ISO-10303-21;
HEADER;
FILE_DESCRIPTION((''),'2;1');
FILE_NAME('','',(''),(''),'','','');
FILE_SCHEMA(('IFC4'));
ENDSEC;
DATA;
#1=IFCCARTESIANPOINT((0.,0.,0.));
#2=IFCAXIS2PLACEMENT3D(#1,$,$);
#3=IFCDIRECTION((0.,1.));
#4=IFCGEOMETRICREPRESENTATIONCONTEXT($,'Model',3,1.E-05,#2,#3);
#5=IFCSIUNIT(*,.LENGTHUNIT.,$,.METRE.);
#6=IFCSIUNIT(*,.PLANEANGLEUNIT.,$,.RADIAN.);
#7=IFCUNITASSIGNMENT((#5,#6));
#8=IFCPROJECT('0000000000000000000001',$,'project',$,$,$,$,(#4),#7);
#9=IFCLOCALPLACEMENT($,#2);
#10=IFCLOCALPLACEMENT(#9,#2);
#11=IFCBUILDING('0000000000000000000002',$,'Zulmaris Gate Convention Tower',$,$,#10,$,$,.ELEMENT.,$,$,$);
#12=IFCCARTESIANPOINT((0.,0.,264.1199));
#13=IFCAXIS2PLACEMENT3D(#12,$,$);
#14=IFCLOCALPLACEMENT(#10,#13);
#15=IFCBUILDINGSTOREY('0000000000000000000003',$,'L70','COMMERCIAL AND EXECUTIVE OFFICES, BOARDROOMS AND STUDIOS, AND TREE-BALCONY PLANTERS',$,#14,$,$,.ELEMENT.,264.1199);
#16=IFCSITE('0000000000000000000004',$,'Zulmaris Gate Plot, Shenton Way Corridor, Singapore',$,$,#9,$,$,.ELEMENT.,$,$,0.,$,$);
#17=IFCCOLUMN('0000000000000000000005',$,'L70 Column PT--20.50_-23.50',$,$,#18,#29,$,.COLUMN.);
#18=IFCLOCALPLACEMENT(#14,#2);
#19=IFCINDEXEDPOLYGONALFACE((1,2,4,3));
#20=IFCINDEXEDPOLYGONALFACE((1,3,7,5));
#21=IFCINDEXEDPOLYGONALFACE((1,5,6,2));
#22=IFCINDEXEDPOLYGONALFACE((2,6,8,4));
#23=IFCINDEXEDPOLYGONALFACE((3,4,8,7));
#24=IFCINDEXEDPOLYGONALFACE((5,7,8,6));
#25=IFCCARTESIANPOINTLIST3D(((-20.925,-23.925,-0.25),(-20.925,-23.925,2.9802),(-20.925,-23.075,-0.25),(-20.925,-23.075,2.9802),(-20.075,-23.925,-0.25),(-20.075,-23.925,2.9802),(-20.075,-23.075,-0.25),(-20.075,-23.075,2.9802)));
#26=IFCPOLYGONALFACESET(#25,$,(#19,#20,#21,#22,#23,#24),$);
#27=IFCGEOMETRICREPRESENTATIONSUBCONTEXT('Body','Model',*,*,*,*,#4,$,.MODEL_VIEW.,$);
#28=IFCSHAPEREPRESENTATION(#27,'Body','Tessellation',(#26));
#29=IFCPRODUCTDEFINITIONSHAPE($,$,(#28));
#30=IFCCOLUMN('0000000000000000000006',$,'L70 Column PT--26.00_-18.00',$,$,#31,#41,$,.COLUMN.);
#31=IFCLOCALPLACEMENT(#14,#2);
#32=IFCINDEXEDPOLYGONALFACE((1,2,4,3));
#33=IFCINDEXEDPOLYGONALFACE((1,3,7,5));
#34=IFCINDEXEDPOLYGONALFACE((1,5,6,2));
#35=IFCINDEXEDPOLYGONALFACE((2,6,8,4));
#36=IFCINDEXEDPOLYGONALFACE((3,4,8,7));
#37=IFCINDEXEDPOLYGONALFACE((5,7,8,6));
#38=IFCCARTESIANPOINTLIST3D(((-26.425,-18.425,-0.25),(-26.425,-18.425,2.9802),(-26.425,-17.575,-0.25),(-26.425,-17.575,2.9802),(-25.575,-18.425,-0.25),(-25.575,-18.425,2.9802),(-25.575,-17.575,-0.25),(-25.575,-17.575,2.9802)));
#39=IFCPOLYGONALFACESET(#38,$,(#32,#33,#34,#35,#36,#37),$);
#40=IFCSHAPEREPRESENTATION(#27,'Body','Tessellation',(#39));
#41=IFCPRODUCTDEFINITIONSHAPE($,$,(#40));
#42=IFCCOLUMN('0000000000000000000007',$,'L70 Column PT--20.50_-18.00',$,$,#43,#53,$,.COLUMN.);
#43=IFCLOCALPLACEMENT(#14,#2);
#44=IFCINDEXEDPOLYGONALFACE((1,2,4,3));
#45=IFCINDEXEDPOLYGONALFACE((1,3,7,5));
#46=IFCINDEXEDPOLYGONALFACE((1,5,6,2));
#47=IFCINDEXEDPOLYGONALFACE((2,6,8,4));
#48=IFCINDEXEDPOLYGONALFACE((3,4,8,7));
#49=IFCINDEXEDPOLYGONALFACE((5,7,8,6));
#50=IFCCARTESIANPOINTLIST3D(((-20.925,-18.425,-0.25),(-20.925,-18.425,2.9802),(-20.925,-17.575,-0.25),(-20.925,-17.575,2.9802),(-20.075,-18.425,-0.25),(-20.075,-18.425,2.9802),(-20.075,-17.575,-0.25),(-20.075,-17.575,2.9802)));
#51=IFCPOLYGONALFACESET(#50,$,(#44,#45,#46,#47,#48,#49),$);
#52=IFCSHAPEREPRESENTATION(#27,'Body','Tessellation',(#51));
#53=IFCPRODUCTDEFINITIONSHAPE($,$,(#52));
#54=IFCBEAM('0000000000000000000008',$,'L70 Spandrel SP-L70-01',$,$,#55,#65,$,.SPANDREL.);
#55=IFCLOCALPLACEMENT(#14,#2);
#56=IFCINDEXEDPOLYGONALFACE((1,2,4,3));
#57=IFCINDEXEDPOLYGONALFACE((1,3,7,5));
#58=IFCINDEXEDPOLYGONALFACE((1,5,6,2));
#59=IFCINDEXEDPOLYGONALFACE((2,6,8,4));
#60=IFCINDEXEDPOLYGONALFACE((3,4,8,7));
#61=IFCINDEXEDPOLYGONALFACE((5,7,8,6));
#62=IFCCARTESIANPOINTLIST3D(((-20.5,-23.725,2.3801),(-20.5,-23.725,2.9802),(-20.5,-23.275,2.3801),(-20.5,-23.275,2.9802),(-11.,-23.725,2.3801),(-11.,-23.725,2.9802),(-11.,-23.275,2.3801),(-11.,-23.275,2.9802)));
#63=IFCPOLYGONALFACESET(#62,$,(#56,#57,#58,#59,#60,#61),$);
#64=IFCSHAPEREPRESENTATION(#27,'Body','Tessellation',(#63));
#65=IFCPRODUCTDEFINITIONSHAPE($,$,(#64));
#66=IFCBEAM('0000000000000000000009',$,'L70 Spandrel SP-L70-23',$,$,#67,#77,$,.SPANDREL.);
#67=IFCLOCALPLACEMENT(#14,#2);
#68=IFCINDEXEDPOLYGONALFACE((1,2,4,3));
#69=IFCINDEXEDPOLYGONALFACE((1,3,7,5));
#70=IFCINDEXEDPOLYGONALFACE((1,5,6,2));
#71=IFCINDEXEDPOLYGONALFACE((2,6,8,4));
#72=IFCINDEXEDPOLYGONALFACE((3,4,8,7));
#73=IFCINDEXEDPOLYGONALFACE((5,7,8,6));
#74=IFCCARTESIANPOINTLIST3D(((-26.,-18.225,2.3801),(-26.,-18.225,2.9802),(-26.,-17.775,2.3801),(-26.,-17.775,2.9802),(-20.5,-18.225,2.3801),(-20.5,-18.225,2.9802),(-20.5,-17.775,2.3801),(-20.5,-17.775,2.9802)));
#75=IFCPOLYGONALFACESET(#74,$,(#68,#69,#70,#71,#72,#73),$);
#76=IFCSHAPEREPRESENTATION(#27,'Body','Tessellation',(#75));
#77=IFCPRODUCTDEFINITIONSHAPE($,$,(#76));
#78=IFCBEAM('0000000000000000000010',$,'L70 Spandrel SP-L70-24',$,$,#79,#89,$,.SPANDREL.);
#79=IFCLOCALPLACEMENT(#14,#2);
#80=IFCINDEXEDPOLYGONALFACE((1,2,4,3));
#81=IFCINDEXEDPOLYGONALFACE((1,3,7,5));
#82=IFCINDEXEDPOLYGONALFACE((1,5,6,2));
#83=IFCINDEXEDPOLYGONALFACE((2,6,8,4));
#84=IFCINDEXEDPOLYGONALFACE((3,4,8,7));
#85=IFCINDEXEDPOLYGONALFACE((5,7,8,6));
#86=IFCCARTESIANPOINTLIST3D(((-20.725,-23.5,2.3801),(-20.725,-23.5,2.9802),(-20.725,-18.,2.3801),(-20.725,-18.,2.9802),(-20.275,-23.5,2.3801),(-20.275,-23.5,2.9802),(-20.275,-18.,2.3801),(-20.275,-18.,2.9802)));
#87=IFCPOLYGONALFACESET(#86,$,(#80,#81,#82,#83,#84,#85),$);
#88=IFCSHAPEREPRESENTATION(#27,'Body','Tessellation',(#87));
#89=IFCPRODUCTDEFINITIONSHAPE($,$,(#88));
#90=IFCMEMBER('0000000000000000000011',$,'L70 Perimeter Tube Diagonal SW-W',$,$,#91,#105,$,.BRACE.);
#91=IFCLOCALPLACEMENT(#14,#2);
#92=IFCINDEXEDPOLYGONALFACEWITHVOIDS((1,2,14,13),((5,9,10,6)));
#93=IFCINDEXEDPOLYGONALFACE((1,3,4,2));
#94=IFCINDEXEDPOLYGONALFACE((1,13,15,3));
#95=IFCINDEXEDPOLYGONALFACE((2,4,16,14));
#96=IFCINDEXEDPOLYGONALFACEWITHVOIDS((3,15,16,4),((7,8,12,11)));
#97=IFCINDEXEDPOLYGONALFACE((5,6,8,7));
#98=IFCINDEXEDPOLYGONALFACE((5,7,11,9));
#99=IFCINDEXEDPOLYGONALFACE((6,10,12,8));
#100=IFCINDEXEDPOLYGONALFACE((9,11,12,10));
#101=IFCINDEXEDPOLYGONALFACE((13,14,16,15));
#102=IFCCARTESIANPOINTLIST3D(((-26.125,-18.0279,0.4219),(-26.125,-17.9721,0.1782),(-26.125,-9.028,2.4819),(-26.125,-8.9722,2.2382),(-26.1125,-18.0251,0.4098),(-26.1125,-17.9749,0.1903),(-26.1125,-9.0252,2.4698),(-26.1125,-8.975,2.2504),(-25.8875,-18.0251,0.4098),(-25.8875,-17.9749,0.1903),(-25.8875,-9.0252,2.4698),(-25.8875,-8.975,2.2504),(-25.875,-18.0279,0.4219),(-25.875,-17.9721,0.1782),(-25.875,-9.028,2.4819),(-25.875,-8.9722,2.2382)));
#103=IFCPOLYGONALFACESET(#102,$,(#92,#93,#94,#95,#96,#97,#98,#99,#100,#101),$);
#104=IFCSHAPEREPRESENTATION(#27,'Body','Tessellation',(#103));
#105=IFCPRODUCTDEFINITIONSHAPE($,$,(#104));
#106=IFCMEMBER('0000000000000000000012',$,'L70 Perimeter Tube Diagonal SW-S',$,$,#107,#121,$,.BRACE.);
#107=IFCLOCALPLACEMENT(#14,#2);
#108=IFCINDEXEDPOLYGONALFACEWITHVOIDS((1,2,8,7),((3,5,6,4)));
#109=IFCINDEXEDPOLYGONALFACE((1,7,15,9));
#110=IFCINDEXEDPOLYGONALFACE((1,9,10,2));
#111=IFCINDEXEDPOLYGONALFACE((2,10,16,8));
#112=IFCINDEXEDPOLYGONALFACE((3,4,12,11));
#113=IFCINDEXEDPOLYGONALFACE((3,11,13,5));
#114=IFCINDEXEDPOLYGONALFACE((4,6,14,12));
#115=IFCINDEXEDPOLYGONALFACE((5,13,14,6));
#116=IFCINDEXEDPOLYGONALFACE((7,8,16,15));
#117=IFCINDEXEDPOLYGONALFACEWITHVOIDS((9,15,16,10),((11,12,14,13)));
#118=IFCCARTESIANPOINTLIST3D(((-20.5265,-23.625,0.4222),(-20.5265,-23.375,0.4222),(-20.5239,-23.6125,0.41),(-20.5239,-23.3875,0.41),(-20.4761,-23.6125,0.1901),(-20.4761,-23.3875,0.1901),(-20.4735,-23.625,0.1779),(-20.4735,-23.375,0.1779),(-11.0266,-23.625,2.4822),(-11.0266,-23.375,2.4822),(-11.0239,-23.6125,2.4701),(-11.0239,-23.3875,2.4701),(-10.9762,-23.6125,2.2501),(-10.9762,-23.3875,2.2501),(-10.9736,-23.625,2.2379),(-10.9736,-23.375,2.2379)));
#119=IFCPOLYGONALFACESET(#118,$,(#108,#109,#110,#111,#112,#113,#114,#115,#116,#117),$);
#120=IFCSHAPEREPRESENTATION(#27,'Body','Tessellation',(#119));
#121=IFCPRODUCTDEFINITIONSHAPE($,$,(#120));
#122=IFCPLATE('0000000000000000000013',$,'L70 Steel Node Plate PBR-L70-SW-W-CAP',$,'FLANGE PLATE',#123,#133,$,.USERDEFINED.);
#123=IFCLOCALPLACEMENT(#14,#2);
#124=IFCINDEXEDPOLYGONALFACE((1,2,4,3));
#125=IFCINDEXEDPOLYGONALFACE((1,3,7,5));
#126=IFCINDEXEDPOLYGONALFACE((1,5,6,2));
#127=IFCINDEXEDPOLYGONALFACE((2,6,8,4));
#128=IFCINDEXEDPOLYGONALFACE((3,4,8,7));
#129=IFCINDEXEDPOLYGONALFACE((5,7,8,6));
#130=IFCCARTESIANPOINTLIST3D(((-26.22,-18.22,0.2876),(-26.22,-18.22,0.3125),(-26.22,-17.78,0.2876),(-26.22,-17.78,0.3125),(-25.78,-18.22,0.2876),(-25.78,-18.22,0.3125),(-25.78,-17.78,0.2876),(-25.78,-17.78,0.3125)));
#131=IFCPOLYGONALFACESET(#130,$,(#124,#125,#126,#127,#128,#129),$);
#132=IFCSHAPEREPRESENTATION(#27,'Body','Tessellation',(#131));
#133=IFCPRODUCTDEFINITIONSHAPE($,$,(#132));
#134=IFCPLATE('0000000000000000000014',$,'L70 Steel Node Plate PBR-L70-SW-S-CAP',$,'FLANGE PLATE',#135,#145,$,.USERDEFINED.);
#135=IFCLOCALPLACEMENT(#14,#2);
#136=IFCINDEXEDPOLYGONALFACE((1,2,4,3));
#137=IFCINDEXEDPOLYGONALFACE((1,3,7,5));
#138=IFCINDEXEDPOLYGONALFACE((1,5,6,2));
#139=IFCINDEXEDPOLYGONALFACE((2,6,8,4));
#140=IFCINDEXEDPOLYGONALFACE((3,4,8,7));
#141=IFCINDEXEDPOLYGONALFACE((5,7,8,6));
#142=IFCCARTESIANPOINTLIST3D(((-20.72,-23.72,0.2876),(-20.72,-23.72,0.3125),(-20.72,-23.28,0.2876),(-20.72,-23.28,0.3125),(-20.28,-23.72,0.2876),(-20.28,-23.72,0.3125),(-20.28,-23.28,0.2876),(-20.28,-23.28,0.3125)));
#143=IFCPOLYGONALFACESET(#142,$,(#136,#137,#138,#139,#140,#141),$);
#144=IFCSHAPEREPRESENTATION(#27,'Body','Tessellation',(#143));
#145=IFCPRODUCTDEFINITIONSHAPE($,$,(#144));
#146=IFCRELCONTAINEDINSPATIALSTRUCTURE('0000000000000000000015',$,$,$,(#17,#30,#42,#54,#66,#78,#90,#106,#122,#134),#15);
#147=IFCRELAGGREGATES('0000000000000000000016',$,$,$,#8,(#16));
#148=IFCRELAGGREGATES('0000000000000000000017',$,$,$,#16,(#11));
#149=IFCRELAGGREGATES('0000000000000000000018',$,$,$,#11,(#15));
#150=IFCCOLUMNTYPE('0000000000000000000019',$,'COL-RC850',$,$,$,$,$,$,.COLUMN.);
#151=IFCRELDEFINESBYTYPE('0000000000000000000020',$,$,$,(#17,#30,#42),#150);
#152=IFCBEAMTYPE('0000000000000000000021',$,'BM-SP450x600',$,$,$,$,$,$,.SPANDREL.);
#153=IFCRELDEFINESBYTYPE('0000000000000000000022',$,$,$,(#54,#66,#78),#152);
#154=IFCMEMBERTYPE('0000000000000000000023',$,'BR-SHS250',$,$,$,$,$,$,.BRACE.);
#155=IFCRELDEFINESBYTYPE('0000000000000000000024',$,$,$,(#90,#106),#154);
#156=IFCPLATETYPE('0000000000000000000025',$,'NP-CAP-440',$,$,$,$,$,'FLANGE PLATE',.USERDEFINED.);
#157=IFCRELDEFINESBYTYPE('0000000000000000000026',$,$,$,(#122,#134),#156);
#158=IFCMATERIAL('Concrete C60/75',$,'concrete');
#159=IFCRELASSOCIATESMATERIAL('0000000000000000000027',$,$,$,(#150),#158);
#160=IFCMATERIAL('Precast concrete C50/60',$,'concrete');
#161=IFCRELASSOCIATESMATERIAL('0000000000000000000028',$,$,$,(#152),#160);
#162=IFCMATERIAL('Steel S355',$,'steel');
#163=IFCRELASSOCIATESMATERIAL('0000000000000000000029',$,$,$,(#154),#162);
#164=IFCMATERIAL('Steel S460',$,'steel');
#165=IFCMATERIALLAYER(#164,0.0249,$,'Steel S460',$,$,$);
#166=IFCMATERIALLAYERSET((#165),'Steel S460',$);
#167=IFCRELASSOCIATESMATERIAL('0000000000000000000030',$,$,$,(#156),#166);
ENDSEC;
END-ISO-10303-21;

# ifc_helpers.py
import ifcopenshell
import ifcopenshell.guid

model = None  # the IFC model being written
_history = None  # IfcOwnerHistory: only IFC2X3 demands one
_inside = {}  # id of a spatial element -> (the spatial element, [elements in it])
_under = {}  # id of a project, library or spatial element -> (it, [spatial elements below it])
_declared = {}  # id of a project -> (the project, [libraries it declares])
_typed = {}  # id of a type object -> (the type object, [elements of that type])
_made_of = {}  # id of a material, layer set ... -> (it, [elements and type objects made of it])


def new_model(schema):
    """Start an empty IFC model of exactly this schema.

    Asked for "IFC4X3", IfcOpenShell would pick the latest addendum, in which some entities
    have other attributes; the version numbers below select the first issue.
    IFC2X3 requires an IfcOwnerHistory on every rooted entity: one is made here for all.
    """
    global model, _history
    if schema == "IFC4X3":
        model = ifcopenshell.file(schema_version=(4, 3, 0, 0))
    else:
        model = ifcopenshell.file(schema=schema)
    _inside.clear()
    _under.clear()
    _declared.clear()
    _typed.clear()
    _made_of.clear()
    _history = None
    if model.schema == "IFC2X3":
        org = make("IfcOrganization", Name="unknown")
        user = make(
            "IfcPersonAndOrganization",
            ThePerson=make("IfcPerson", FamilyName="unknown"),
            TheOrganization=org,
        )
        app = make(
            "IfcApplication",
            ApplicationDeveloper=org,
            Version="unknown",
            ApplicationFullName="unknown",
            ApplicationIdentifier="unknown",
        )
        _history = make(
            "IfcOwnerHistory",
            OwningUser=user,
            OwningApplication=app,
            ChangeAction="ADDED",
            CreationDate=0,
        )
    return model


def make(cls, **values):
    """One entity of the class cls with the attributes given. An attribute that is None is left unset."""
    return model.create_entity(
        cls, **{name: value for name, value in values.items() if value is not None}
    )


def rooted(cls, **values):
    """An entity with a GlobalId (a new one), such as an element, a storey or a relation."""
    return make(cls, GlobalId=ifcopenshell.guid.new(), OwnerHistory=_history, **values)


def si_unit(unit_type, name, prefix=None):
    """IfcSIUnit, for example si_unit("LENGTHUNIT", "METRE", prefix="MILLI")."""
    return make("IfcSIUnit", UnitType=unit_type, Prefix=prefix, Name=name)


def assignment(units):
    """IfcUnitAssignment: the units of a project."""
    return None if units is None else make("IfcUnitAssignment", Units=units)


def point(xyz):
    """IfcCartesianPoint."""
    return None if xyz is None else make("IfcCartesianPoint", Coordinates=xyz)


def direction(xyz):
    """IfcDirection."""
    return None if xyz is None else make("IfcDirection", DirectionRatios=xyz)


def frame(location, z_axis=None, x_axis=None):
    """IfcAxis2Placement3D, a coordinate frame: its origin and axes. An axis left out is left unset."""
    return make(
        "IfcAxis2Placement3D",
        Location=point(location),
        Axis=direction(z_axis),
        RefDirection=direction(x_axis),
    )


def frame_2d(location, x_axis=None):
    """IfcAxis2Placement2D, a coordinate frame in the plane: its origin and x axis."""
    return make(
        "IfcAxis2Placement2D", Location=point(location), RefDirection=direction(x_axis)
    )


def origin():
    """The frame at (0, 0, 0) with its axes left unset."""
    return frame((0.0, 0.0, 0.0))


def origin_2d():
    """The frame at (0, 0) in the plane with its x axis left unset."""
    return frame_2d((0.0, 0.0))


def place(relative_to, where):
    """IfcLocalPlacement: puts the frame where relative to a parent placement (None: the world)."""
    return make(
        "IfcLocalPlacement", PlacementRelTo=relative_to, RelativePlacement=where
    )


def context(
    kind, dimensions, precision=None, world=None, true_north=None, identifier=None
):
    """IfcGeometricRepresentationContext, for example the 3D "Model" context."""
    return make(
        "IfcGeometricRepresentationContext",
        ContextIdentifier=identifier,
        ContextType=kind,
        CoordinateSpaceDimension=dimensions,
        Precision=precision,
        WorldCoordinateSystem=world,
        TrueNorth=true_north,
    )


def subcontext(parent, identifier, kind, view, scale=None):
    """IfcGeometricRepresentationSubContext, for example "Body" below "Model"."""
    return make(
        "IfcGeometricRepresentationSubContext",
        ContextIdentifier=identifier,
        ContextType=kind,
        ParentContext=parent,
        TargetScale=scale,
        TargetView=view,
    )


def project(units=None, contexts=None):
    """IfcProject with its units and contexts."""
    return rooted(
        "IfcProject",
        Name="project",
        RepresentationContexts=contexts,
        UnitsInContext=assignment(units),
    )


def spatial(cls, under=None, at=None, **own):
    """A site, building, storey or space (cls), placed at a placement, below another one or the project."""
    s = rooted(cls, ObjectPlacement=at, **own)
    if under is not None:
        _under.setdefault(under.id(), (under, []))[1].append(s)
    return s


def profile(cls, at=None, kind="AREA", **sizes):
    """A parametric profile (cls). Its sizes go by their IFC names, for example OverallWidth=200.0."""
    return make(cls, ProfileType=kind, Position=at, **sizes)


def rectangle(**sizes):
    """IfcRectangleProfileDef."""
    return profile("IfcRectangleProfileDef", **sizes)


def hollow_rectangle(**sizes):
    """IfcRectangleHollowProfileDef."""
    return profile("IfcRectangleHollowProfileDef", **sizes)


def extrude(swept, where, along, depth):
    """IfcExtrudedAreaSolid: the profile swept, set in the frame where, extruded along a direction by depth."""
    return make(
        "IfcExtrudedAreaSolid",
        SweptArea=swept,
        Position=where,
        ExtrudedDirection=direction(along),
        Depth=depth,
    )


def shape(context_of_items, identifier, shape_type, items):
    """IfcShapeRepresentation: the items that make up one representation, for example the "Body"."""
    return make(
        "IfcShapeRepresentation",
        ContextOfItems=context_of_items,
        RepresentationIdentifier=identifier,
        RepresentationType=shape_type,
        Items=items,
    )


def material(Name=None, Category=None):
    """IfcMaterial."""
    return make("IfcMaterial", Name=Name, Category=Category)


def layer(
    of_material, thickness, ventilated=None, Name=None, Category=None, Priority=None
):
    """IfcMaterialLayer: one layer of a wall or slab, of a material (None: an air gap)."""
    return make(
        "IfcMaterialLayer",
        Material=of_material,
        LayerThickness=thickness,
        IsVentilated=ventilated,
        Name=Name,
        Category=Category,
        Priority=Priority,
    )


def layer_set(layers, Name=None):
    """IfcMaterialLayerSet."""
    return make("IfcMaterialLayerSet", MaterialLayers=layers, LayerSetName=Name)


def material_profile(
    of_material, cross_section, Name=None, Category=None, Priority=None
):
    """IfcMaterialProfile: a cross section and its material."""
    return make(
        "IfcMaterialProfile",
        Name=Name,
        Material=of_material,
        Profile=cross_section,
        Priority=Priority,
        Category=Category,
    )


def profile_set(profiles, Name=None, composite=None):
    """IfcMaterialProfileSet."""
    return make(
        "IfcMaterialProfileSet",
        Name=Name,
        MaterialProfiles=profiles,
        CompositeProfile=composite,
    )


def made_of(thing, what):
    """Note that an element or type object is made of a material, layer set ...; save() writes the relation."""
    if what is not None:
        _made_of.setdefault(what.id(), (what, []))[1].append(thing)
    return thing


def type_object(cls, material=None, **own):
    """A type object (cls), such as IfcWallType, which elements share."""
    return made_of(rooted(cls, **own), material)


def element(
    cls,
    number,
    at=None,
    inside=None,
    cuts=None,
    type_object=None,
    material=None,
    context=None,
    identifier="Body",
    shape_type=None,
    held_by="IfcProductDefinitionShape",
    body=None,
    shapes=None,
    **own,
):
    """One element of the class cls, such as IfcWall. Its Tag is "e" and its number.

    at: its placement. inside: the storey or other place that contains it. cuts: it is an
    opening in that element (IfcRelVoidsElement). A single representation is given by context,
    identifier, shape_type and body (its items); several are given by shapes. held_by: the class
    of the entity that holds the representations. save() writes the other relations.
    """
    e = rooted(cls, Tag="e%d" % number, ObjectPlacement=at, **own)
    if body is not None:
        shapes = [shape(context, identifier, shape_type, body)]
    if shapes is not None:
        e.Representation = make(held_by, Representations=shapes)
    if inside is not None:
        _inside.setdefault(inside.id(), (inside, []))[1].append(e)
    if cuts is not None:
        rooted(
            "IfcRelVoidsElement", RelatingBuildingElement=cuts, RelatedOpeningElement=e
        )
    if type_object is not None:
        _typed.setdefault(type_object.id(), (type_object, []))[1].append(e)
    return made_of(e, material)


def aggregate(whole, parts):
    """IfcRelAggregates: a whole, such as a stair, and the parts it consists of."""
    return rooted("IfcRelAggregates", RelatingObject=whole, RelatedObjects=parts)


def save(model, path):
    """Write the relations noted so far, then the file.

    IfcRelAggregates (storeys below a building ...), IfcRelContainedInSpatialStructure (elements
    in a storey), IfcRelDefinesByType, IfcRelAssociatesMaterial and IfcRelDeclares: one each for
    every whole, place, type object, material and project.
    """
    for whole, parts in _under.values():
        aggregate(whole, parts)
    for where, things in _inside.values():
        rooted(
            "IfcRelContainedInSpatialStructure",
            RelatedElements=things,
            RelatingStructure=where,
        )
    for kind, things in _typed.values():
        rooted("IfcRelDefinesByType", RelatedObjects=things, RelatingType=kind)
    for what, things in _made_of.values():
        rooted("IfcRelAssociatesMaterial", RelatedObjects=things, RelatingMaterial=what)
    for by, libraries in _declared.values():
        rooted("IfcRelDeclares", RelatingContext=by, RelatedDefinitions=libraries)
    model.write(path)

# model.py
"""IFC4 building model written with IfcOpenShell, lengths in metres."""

from ifc_helpers import new_model, si_unit, direction, frame, origin, origin_2d, place, context, subcontext, project, spatial, rectangle, hollow_rectangle, extrude, material, layer, layer_set, material_profile, profile_set, type_object, element, save


model = new_model("IFC4")

# Units and contexts
model_context = context("Model", 3, precision=1e-05, world=origin(), true_north=direction((0.0, 1.0)))
body_context = subcontext(model_context, "Body", "Model", "MODEL_VIEW")
ifc_project = project(units=[si_unit("LENGTHUNIT", "METRE"), si_unit("PLANEANGLEUNIT", "RADIAN")], contexts=[model_context])

# Site, building, storey
site_placement = place(None, origin())
site = spatial("IfcSite", under=ifc_project, at=site_placement, Name="Zulmaris Gate Plot, Shenton Way Corridor, Singapore", CompositionType="ELEMENT", RefElevation=0.0)
building_placement = place(site_placement, origin())
building = spatial("IfcBuilding", under=site, at=building_placement, Name="Zulmaris Gate Convention Tower", CompositionType="ELEMENT")
storey_placement = place(building_placement, frame((0.0, 0.0, 264.1199)))
storey = spatial("IfcBuildingStorey", under=building, at=storey_placement, Name="L70", Description="COMMERCIAL AND EXECUTIVE OFFICES, BOARDROOMS AND STUDIOS, AND TREE-BALCONY PLANTERS", CompositionType="ELEMENT", Elevation=264.1199)

# Columns
ifc_material_1 = material(Name="Concrete C60/75", Category="concrete")
ifc_material_profile_1 = material_profile(ifc_material_1, rectangle(XDim=0.8501, YDim=0.8501, at=origin_2d()), Name="RC COL 850x850")
ifc_profile_set_1 = profile_set([ifc_material_profile_1], Name="Concrete C60/75")
column_type = type_object("IfcColumnType", Name="COL-RC850", PredefinedType="COLUMN", material=ifc_profile_set_1)
for number, where, z_axis, x_axis, name in (
    (1, (-20.5, -23.5, -0.25), (0.0, 0.0, 1.0), (1.0, 0.0, 0.0), "L70 Column PT--20.50_-23.50"),
    (2, (-26.0, -18.0, -0.25), (0.0, 0.0, 1.0), (1.0, 0.0, 0.0), "L70 Column PT--26.00_-18.00"),
    (3, (-20.5, -18.0, -0.25), (0.0, 0.0, 1.0), (1.0, 0.0, 0.0), "L70 Column PT--20.50_-18.00"),
):
    element("IfcColumn", number, at=place(storey_placement, frame(where, z_axis=z_axis, x_axis=x_axis)), inside=storey, type_object=column_type, Name=name, PredefinedType="COLUMN", context=body_context, shape_type="SweptSolid", body=[
        extrude(rectangle(XDim=0.8501, YDim=0.8501, at=origin_2d()), origin(), (0.0, 0.0, 1.0), 3.2302),
    ])

# Beams
ifc_material_2 = material(Name="Precast concrete C50/60", Category="concrete")
ifc_material_profile_2 = material_profile(ifc_material_2, rectangle(XDim=0.45, YDim=0.6001, at=origin_2d()), Name="RC SPANDREL 450x600")
ifc_profile_set_2 = profile_set([ifc_material_profile_2], Name="Precast concrete C50/60")
beam_type = type_object("IfcBeamType", Name="BM-SP450x600", PredefinedType="SPANDREL", material=ifc_profile_set_2)
beam_placement = place(storey_placement, frame((-20.5, -23.5, 2.6802), z_axis=(1.0, 0.0, 0.0), x_axis=(0.0, 1.0, 0.0)))
element("IfcBeam", 4, at=beam_placement, inside=storey, type_object=beam_type, Name="L70 Spandrel SP-L70-01", PredefinedType="SPANDREL", context=body_context, shape_type="SweptSolid", body=[
    extrude(rectangle(XDim=0.45, YDim=0.6001, at=origin_2d()), origin(), (0.0, 0.0, 1.0), 9.5),
])
for number, where, z_axis, x_axis, name in (
    (5, (-26.0, -18.0, 2.6802), (1.0, 0.0, 0.0), (0.0, 1.0, 0.0), "L70 Spandrel SP-L70-23"),
    (6, (-20.5, -18.0, 2.6802), (0.0, -1.0, 0.0), (1.0, 0.0, 0.0), "L70 Spandrel SP-L70-24"),
):
    element("IfcBeam", number, at=place(storey_placement, frame(where, z_axis=z_axis, x_axis=x_axis)), inside=storey, type_object=beam_type, Name=name, PredefinedType="SPANDREL", context=body_context, shape_type="SweptSolid", body=[
        extrude(rectangle(XDim=0.45, YDim=0.6001, at=origin_2d()), origin(), (0.0, 0.0, 1.0), 5.5),
    ])

# Members
ifc_material_3 = material(Name="Steel S355", Category="steel")
ifc_material_profile_3 = material_profile(ifc_material_3, hollow_rectangle(XDim=0.25, YDim=0.25, WallThickness=0.0125, at=origin_2d()), Name="SHS 250x250x12.5")
ifc_profile_set_3 = profile_set([ifc_material_profile_3], Name="Steel S355")
member_type = type_object("IfcMemberType", Name="BR-SHS250", PredefinedType="BRACE", material=ifc_profile_set_3)
member_1_placement = place(storey_placement, frame((-26.0, -18.0, 0.3), z_axis=(0.0, 0.97479, 0.223125), x_axis=(-1.0, 0.0, 0.0)))
element("IfcMember", 7, at=member_1_placement, inside=storey, type_object=member_type, Name="L70 Perimeter Tube Diagonal SW-W", PredefinedType="BRACE", context=body_context, shape_type="SweptSolid", body=[
    extrude(hollow_rectangle(XDim=0.25, YDim=0.25, WallThickness=0.0125, at=origin_2d()), origin(), (0.0, 0.0, 1.0), 9.2327),
])
member_2_placement = place(storey_placement, frame((-20.5, -23.5, 0.3), z_axis=(0.977286, 0.0, 0.211923), x_axis=(0.0, 1.0, 0.0)))
element("IfcMember", 8, at=member_2_placement, inside=storey, type_object=member_type, Name="L70 Perimeter Tube Diagonal SW-S", PredefinedType="BRACE", context=body_context, shape_type="SweptSolid", body=[
    extrude(hollow_rectangle(XDim=0.25, YDim=0.25, WallThickness=0.0125, at=origin_2d()), origin(), (0.0, 0.0, 1.0), 9.7207),
])

# Plates
ifc_material_4 = material(Name="Steel S460", Category="steel")
ifc_layer_1 = layer(ifc_material_4, 0.0249, Name="Steel S460")
ifc_layer_set_1 = layer_set([ifc_layer_1], Name="Steel S460")
plate_type = type_object("IfcPlateType", Name="NP-CAP-440", ElementType="FLANGE PLATE", PredefinedType="USERDEFINED", material=ifc_layer_set_1)
for number, where, z_axis, x_axis, name in (
    (9, (-26.0, -18.0, 0.2876), (0.0, 0.0, 1.0), (1.0, 0.0, 0.0), "L70 Steel Node Plate PBR-L70-SW-W-CAP"),
    (10, (-20.5, -23.5, 0.2876), (0.0, 0.0, 1.0), (1.0, 0.0, 0.0), "L70 Steel Node Plate PBR-L70-SW-S-CAP"),
):
    element("IfcPlate", number, at=place(storey_placement, frame(where, z_axis=z_axis, x_axis=x_axis)), inside=storey, type_object=plate_type, Name=name, ObjectType="FLANGE PLATE", PredefinedType="USERDEFINED", context=body_context, shape_type="SweptSolid", body=[
        extrude(rectangle(XDim=0.4399, YDim=0.4399, at=origin_2d()), origin(), (0.0, 0.0, 1.0), 0.0249),
    ])

save(model, "model.ifc")
